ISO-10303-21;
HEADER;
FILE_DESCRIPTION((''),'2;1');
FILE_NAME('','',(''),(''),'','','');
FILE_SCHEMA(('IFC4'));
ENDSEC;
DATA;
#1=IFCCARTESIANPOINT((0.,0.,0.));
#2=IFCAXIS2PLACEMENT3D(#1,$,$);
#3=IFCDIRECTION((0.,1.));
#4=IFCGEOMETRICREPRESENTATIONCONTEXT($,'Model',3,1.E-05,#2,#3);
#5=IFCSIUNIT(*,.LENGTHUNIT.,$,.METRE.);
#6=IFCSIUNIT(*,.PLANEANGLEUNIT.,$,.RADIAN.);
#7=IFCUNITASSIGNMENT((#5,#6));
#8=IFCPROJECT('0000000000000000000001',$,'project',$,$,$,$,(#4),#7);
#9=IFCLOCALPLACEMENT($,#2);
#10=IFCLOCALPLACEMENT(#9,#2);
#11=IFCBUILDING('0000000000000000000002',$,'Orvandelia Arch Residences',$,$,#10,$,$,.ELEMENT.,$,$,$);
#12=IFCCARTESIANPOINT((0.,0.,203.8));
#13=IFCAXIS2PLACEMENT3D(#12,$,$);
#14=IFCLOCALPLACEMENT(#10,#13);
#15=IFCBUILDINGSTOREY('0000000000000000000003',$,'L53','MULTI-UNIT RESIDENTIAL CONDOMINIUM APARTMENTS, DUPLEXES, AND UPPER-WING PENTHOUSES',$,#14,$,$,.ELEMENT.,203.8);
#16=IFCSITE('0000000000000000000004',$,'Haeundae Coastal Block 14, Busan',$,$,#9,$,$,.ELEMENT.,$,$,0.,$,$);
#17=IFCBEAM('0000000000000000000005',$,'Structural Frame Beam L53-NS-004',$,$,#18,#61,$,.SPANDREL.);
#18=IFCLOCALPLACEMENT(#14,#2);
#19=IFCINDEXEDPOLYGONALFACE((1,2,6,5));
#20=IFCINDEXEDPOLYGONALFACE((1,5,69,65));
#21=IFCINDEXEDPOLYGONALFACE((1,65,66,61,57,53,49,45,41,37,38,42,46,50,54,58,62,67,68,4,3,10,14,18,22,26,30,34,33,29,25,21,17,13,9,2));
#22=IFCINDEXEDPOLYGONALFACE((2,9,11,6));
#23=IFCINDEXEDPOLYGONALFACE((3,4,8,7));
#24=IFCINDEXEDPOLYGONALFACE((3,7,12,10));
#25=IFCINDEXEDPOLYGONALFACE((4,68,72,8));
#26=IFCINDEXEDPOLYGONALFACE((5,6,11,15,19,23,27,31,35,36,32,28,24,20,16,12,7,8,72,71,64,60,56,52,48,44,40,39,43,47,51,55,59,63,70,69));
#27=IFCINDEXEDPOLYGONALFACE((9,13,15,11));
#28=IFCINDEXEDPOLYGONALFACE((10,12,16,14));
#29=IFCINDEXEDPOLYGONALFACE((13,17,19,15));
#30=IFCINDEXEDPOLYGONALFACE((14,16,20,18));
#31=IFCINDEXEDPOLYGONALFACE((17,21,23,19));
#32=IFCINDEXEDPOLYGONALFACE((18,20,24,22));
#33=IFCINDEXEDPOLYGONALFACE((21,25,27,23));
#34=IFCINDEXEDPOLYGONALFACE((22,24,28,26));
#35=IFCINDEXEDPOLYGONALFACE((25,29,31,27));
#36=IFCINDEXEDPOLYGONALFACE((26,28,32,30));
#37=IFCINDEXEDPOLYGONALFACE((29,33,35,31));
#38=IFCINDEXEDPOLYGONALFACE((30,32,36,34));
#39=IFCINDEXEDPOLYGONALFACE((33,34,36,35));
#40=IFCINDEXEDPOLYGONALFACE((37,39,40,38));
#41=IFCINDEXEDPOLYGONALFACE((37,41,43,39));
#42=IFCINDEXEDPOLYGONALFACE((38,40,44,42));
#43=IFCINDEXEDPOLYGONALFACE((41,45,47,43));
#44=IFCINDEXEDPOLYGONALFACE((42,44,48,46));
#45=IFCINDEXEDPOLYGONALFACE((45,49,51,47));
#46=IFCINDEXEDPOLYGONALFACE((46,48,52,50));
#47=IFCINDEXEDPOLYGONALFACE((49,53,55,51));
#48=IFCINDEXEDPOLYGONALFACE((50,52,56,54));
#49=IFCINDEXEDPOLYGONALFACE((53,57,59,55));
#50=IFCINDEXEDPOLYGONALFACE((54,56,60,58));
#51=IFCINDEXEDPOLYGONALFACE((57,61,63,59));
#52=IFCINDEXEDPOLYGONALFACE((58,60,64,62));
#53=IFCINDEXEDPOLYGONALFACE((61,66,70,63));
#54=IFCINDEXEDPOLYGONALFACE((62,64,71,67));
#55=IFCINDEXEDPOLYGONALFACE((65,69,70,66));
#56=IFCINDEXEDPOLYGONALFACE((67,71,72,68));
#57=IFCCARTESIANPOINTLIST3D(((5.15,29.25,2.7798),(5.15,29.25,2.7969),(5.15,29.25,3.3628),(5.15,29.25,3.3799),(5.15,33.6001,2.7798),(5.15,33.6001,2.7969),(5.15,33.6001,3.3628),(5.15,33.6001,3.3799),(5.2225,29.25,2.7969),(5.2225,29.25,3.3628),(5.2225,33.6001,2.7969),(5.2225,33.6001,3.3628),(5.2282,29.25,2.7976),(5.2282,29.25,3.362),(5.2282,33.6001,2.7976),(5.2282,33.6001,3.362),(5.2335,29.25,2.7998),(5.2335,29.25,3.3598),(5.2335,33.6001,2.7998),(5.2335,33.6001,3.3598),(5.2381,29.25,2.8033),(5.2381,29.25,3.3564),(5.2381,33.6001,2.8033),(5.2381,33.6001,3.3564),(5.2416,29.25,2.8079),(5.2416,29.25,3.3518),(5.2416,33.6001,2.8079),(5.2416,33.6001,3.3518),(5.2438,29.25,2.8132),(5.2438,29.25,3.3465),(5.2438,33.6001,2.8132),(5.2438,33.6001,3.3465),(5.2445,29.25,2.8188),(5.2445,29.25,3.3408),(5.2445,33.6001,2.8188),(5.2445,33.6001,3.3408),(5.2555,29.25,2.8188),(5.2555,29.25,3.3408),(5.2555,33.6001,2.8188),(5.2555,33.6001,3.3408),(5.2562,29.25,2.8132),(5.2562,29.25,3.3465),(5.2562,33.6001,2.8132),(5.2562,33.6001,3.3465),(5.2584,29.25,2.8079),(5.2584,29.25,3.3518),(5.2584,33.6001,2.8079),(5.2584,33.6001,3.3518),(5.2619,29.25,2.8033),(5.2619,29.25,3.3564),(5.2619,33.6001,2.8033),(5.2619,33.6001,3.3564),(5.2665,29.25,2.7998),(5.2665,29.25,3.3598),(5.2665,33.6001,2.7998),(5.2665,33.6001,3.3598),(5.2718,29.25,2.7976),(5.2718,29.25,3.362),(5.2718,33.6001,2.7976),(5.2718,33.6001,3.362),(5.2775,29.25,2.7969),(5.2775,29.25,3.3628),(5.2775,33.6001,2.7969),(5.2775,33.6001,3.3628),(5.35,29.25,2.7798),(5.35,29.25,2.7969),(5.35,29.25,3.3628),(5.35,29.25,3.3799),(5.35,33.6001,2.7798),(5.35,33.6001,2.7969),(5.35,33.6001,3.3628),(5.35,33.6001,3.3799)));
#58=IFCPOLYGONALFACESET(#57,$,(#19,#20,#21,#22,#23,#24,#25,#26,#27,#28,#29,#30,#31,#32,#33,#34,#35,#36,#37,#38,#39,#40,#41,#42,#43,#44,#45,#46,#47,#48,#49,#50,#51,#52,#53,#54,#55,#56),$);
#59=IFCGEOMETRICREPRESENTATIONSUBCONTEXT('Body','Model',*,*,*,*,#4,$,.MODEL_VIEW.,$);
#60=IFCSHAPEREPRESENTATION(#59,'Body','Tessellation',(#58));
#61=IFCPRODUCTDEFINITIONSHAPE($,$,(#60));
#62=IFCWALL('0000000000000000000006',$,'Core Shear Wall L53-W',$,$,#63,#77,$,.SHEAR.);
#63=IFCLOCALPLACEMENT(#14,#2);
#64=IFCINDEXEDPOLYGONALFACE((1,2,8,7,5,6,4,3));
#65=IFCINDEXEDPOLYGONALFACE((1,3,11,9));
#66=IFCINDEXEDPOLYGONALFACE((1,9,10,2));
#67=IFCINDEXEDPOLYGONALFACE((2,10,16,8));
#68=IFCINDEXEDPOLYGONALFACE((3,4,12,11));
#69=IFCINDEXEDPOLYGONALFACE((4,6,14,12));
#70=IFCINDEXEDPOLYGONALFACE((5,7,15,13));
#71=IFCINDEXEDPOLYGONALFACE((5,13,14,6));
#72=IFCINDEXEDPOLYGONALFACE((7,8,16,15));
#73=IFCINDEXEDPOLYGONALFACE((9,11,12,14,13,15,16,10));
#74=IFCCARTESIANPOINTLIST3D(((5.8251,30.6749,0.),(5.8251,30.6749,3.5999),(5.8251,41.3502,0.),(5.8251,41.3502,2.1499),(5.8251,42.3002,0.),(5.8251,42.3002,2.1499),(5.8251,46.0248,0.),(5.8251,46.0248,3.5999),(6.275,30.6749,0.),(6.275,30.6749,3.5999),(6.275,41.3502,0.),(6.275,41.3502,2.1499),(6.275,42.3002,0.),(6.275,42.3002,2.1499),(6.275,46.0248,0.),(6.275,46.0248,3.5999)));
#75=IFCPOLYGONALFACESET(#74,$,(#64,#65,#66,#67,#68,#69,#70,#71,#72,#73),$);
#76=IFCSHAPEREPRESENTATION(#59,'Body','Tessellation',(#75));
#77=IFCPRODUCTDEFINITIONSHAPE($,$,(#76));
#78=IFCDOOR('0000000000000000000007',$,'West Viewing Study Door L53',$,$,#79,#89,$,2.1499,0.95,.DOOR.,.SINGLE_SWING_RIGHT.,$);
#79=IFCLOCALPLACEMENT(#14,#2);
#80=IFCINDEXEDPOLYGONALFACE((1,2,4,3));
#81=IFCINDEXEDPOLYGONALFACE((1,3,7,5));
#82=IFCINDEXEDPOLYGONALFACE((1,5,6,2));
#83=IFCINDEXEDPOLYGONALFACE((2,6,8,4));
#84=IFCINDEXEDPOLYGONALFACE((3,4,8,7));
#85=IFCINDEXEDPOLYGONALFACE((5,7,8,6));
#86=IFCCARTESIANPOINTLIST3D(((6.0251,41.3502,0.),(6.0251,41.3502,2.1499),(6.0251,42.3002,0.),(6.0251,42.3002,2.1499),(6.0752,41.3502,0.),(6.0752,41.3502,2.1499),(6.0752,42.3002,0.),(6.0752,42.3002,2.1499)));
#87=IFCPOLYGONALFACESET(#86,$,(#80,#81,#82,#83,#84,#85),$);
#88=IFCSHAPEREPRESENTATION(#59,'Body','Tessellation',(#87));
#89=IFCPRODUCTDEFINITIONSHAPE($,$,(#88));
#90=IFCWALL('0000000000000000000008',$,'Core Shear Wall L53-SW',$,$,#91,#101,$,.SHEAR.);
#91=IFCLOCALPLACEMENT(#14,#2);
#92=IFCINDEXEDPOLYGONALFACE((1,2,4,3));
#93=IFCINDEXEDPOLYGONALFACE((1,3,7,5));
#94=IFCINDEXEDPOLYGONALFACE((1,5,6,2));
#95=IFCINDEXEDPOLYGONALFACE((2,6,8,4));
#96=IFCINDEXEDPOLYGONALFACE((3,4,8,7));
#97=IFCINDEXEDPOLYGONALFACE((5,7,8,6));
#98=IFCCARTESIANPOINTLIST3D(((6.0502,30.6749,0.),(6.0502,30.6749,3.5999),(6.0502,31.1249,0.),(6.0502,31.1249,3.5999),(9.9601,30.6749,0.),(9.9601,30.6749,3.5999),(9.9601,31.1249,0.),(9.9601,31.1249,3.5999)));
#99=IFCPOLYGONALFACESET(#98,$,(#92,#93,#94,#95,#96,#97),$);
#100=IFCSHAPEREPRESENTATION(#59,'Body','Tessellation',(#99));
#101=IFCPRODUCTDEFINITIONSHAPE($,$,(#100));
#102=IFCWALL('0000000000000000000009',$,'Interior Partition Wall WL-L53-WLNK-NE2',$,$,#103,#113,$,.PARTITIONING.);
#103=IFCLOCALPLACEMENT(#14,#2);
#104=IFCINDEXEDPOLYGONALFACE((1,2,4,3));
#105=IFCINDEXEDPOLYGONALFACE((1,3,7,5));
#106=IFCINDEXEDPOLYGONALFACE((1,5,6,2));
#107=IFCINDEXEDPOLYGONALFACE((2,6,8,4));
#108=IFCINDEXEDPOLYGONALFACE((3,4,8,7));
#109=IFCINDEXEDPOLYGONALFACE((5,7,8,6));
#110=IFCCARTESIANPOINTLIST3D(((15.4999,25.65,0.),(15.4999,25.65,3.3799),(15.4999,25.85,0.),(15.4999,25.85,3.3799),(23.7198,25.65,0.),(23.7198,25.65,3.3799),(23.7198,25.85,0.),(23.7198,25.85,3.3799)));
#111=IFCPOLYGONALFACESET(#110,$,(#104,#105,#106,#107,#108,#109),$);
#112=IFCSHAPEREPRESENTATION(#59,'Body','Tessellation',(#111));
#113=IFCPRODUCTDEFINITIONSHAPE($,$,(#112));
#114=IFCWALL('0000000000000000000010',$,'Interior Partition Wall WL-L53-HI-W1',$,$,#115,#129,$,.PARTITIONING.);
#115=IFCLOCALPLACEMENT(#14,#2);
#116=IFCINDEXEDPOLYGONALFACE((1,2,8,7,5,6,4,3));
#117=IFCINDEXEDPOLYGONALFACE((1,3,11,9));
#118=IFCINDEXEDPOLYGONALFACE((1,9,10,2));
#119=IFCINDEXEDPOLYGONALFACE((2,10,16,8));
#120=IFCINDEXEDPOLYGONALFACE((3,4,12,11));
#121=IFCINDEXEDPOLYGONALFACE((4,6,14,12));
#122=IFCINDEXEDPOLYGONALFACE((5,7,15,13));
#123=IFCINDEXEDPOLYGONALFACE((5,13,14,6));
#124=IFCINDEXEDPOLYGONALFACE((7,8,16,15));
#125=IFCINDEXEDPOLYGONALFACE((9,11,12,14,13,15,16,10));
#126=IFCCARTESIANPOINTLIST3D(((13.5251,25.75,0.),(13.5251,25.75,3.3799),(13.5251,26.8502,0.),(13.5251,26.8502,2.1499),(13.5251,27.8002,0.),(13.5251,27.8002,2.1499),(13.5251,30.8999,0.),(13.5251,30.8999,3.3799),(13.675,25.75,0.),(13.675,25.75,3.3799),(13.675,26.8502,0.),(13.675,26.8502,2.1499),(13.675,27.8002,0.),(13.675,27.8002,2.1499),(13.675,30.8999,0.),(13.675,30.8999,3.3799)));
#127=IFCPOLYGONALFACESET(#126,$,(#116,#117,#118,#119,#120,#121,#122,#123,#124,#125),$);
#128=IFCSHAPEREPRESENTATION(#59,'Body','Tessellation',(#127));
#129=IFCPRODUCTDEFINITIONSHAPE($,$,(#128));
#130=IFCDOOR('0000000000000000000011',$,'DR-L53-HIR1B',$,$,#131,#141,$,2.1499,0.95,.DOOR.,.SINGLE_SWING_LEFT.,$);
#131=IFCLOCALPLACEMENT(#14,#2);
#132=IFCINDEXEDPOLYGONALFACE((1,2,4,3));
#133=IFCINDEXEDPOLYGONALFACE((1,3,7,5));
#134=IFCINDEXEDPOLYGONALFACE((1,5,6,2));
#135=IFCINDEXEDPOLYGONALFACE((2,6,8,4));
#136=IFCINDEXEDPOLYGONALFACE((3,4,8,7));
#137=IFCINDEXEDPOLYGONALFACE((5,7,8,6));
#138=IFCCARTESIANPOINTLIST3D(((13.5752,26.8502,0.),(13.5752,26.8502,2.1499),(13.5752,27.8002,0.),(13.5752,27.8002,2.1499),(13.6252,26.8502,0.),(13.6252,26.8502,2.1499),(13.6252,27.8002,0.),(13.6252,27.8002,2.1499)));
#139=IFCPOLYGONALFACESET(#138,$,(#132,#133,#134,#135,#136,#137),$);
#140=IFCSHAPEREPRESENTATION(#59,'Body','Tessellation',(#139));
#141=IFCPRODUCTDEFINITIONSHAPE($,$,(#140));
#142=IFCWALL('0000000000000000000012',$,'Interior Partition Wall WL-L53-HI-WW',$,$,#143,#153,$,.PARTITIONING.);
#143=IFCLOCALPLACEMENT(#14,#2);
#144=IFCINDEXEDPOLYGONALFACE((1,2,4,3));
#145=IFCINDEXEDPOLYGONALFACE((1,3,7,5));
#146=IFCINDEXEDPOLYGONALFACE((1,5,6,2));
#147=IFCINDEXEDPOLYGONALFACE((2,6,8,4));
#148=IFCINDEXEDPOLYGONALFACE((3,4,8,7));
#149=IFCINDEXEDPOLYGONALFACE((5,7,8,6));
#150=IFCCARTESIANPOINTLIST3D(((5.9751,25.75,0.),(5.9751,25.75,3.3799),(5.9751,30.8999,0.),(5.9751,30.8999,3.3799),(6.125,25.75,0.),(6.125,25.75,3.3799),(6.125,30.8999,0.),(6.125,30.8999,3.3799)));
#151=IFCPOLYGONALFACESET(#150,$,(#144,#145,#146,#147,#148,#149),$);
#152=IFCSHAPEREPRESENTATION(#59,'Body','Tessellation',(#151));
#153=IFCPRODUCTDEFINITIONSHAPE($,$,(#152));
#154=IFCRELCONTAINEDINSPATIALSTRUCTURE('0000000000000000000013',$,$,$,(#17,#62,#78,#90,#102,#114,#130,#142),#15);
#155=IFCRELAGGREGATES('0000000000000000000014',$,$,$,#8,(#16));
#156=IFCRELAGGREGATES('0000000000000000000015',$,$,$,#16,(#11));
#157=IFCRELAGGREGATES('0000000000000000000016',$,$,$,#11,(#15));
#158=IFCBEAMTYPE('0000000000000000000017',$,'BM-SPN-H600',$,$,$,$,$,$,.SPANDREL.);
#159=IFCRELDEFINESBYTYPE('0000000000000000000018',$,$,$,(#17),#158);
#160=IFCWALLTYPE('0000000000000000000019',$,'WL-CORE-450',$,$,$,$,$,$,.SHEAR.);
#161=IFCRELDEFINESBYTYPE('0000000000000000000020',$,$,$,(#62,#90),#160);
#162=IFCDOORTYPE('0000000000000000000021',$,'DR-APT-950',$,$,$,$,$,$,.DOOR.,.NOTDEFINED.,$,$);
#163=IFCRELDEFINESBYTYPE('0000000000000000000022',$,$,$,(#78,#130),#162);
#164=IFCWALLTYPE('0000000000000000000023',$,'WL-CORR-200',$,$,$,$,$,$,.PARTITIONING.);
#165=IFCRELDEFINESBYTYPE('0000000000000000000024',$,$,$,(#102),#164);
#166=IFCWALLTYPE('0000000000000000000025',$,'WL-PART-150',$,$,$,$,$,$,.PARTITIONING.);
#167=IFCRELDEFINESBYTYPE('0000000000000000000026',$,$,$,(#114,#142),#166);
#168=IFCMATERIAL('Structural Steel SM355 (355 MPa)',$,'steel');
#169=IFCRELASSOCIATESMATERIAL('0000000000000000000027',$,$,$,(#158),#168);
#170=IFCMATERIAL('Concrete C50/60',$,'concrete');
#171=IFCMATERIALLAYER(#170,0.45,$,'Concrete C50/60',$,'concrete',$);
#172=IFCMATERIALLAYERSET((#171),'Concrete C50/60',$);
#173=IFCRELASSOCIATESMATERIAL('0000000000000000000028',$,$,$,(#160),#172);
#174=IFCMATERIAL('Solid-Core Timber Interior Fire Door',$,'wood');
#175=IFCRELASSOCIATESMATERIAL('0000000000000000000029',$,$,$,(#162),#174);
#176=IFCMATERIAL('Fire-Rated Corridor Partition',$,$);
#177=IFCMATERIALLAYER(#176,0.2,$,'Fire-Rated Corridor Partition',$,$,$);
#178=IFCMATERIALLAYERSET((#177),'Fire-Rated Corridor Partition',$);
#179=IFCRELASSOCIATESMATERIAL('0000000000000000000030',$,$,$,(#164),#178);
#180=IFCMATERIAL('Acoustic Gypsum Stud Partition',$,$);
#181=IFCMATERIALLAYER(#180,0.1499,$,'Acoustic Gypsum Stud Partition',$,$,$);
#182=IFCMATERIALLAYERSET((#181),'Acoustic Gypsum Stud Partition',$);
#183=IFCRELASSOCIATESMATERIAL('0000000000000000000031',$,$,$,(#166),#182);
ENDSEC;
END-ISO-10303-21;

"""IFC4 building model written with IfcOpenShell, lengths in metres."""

from ifc_helpers import new_model, si_unit, direction, frame, frame_2d, origin, origin_2d, place, context, subcontext, project, spatial, rectangle, i_section, extrude, material, layer, layer_set, material_profile, profile_set, type_object, element, fill, save


model = new_model("IFC4")

# Units and contexts
model_context = context("Model", 3, precision=1e-05, world=origin(), true_north=direction((0.0, 1.0)))
body_context = subcontext(model_context, "Body", "Model", "MODEL_VIEW")
ifc_project = project(units=[si_unit("LENGTHUNIT", "METRE"), si_unit("PLANEANGLEUNIT", "RADIAN")], contexts=[model_context])

# Site, building, storey
site_placement = place(None, origin())
site = spatial("IfcSite", under=ifc_project, at=site_placement, Name="Haeundae Coastal Block 14, Busan", CompositionType="ELEMENT", RefElevation=0.0)
building_placement = place(site_placement, origin())
building = spatial("IfcBuilding", under=site, at=building_placement, Name="Orvandelia Arch Residences", CompositionType="ELEMENT")
storey_placement = place(building_placement, frame((0.0, 0.0, 203.8)))
storey = spatial("IfcBuildingStorey", under=building, at=storey_placement, Name="L53", Description="MULTI-UNIT RESIDENTIAL CONDOMINIUM APARTMENTS, DUPLEXES, AND UPPER-WING PENTHOUSES", CompositionType="ELEMENT", Elevation=203.8)

# Beam
ifc_material_1 = material(Name="Structural Steel SM355 (355 MPa)", Category="steel")
ifc_material_profile_1 = material_profile(ifc_material_1, i_section(OverallWidth=0.2, OverallDepth=0.6001, WebThickness=0.011, FlangeThickness=0.0171, FilletRadius=0.022, at=origin_2d()), Name="Structural Steel SM355 (355 MPa)", Category="steel")
ifc_profile_set_1 = profile_set([ifc_material_profile_1], Name="Structural Steel SM355 (355 MPa)")
beam_type_1 = type_object("IfcBeamType", Name="BM-SPN-H600", PredefinedType="SPANDREL", material=ifc_profile_set_1)
beam_1_placement = place(storey_placement, frame((5.25, 29.25, 3.0798), z_axis=(0.0, 1.0, 0.0), x_axis=(-1.0, 0.0, 0.0)))
element("IfcBeam", 1, at=beam_1_placement, inside=storey, type_object=beam_type_1, Name="Structural Frame Beam L53-NS-004", PredefinedType="SPANDREL", context=body_context, shape_type="SweptSolid", body=[
    extrude(i_section(OverallWidth=0.2, OverallDepth=0.6001, WebThickness=0.011, FlangeThickness=0.0171, FilletRadius=0.022, at=origin_2d()), origin(), (0.0, 0.0, 1.0), 4.3501),
])

# Wall, opening, door
ifc_material_2 = material(Name="Concrete C50/60", Category="concrete")
ifc_layer_1 = layer(ifc_material_2, 0.45, Name="Concrete C50/60", Category="concrete")
ifc_layer_set_1 = layer_set([ifc_layer_1], Name="Concrete C50/60")
wall_type_1 = type_object("IfcWallType", Name="WL-CORE-450", PredefinedType="SHEAR", material=ifc_layer_set_1)
wall_1_placement = place(storey_placement, frame((6.05, 30.675, 0.0), z_axis=(0.0, 0.0, 1.0), x_axis=(0.0, 1.0, 0.0)))
wall_1 = element("IfcWall", 2, at=wall_1_placement, inside=storey, type_object=wall_type_1, Name="Core Shear Wall L53-W", PredefinedType="SHEAR", context=body_context, shape_type="SweptSolid", body=[
    extrude(rectangle(XDim=15.3499, YDim=0.45, at=frame_2d((7.6748, 0.0))), origin(), (0.0, 0.0, 1.0), 3.5999),
])
opening_1_placement = place(wall_1_placement, frame((10.675, 0.0, 0.0)))
opening_1 = element("IfcOpeningElement", 3, at=opening_1_placement, cuts=wall_1, PredefinedType="OPENING", context=body_context, shape_type="SweptSolid", body=[
    extrude(rectangle(XDim=0.95, YDim=2.1499, at=frame_2d((0.4751, 1.075))), frame((0.0, 0.2349, 0.0), z_axis=(0.0, -1.0, 0.0), x_axis=(1.0, 0.0, 0.0)), (0.0, 0.0, 1.0), 0.47),
])
ifc_material_3 = material(Name="Solid-Core Timber Interior Fire Door", Category="wood")
door_type_1 = type_object("IfcDoorType", Name="DR-APT-950", OperationType="NOTDEFINED", PredefinedType="DOOR", material=ifc_material_3)
door_1_placement = place(opening_1_placement, origin())
door_1 = element("IfcDoor", 4, at=door_1_placement, inside=storey, type_object=door_type_1, Name="West Viewing Study Door L53", OperationType="SINGLE_SWING_RIGHT", OverallHeight=2.1499, OverallWidth=0.95, PredefinedType="DOOR", context=body_context, shape_type="SweptSolid", body=[
    extrude(rectangle(XDim=0.95, YDim=2.1499, at=frame_2d((0.4751, 1.075))), frame((0.0, 0.0249, 0.0), z_axis=(0.0, -1.0, 0.0), x_axis=(1.0, 0.0, 0.0)), (0.0, 0.0, 1.0), 0.05),
])
fill(opening_1, door_1)

# Wall
wall_2_placement = place(storey_placement, frame((6.05, 30.8999, 0.0), z_axis=(0.0, 0.0, 1.0), x_axis=(1.0, 0.0, 0.0)))
element("IfcWall", 5, at=wall_2_placement, inside=storey, type_object=wall_type_1, Name="Core Shear Wall L53-SW", PredefinedType="SHEAR", context=body_context, shape_type="SweptSolid", body=[
    extrude(rectangle(XDim=3.9099, YDim=0.45, at=frame_2d((1.9551, 0.0))), origin(), (0.0, 0.0, 1.0), 3.5999),
])

# Wall
ifc_material_4 = material(Name="Fire-Rated Corridor Partition")
ifc_layer_2 = layer(ifc_material_4, 0.2, Name="Fire-Rated Corridor Partition")
ifc_layer_set_2 = layer_set([ifc_layer_2], Name="Fire-Rated Corridor Partition")
wall_type_2 = type_object("IfcWallType", Name="WL-CORR-200", PredefinedType="PARTITIONING", material=ifc_layer_set_2)
wall_3_placement = place(storey_placement, frame((15.5, 25.75, 0.0), z_axis=(0.0, 0.0, 1.0), x_axis=(1.0, 0.0, 0.0)))
element("IfcWall", 6, at=wall_3_placement, inside=storey, type_object=wall_type_2, Name="Interior Partition Wall WL-L53-WLNK-NE2", PredefinedType="PARTITIONING", context=body_context, shape_type="SweptSolid", body=[
    extrude(rectangle(XDim=8.22, YDim=0.2, at=frame_2d((4.1099, 0.0))), origin(), (0.0, 0.0, 1.0), 3.3799),
])

# Wall, opening, door
ifc_material_5 = material(Name="Acoustic Gypsum Stud Partition")
ifc_layer_3 = layer(ifc_material_5, 0.1499, Name="Acoustic Gypsum Stud Partition")
ifc_layer_set_3 = layer_set([ifc_layer_3], Name="Acoustic Gypsum Stud Partition")
wall_type_3 = type_object("IfcWallType", Name="WL-PART-150", PredefinedType="PARTITIONING", material=ifc_layer_set_3)
wall_4_placement = place(storey_placement, frame((13.6001, 25.75, 0.0), z_axis=(0.0, 0.0, 1.0), x_axis=(0.0, 1.0, 0.0)))
wall_4 = element("IfcWall", 7, at=wall_4_placement, inside=storey, type_object=wall_type_3, Name="Interior Partition Wall WL-L53-HI-W1", PredefinedType="PARTITIONING", context=body_context, shape_type="SweptSolid", body=[
    extrude(rectangle(XDim=5.1499, YDim=0.1499, at=frame_2d((2.575, 0.0))), origin(), (0.0, 0.0, 1.0), 3.3799),
])
opening_2_placement = place(wall_4_placement, frame((1.1001, 0.0, 0.0)))
opening_2 = element("IfcOpeningElement", 8, at=opening_2_placement, cuts=wall_4, PredefinedType="OPENING", context=body_context, shape_type="SweptSolid", body=[
    extrude(rectangle(XDim=0.95, YDim=2.1499, at=frame_2d((0.4751, 1.075))), frame((0.0, 0.085, 0.0), z_axis=(0.0, -1.0, 0.0), x_axis=(1.0, 0.0, 0.0)), (0.0, 0.0, 1.0), 0.1699),
])
door_2_placement = place(opening_2_placement, origin())
door_2 = element("IfcDoor", 9, at=door_2_placement, inside=storey, type_object=door_type_1, Name="DR-L53-HIR1B", OperationType="SINGLE_SWING_LEFT", OverallHeight=2.1499, OverallWidth=0.95, PredefinedType="DOOR", context=body_context, shape_type="SweptSolid", body=[
    extrude(rectangle(XDim=0.95, YDim=2.1499, at=frame_2d((0.4751, 1.075))), frame((0.0, 0.0249, 0.0), z_axis=(0.0, -1.0, 0.0), x_axis=(1.0, 0.0, 0.0)), (0.0, 0.0, 1.0), 0.05),
])
fill(opening_2, door_2)

# Wall
wall_5_placement = place(storey_placement, frame((6.05, 25.75, 0.0), z_axis=(0.0, 0.0, 1.0), x_axis=(0.0, 1.0, 0.0)))
element("IfcWall", 10, at=wall_5_placement, inside=storey, type_object=wall_type_3, Name="Interior Partition Wall WL-L53-HI-WW", PredefinedType="PARTITIONING", context=body_context, shape_type="SweptSolid", body=[
    extrude(rectangle(XDim=5.1499, YDim=0.1499, at=frame_2d((2.575, 0.0))), origin(), (0.0, 0.0, 1.0), 3.3799),
])

save(model, "model.ifc")
